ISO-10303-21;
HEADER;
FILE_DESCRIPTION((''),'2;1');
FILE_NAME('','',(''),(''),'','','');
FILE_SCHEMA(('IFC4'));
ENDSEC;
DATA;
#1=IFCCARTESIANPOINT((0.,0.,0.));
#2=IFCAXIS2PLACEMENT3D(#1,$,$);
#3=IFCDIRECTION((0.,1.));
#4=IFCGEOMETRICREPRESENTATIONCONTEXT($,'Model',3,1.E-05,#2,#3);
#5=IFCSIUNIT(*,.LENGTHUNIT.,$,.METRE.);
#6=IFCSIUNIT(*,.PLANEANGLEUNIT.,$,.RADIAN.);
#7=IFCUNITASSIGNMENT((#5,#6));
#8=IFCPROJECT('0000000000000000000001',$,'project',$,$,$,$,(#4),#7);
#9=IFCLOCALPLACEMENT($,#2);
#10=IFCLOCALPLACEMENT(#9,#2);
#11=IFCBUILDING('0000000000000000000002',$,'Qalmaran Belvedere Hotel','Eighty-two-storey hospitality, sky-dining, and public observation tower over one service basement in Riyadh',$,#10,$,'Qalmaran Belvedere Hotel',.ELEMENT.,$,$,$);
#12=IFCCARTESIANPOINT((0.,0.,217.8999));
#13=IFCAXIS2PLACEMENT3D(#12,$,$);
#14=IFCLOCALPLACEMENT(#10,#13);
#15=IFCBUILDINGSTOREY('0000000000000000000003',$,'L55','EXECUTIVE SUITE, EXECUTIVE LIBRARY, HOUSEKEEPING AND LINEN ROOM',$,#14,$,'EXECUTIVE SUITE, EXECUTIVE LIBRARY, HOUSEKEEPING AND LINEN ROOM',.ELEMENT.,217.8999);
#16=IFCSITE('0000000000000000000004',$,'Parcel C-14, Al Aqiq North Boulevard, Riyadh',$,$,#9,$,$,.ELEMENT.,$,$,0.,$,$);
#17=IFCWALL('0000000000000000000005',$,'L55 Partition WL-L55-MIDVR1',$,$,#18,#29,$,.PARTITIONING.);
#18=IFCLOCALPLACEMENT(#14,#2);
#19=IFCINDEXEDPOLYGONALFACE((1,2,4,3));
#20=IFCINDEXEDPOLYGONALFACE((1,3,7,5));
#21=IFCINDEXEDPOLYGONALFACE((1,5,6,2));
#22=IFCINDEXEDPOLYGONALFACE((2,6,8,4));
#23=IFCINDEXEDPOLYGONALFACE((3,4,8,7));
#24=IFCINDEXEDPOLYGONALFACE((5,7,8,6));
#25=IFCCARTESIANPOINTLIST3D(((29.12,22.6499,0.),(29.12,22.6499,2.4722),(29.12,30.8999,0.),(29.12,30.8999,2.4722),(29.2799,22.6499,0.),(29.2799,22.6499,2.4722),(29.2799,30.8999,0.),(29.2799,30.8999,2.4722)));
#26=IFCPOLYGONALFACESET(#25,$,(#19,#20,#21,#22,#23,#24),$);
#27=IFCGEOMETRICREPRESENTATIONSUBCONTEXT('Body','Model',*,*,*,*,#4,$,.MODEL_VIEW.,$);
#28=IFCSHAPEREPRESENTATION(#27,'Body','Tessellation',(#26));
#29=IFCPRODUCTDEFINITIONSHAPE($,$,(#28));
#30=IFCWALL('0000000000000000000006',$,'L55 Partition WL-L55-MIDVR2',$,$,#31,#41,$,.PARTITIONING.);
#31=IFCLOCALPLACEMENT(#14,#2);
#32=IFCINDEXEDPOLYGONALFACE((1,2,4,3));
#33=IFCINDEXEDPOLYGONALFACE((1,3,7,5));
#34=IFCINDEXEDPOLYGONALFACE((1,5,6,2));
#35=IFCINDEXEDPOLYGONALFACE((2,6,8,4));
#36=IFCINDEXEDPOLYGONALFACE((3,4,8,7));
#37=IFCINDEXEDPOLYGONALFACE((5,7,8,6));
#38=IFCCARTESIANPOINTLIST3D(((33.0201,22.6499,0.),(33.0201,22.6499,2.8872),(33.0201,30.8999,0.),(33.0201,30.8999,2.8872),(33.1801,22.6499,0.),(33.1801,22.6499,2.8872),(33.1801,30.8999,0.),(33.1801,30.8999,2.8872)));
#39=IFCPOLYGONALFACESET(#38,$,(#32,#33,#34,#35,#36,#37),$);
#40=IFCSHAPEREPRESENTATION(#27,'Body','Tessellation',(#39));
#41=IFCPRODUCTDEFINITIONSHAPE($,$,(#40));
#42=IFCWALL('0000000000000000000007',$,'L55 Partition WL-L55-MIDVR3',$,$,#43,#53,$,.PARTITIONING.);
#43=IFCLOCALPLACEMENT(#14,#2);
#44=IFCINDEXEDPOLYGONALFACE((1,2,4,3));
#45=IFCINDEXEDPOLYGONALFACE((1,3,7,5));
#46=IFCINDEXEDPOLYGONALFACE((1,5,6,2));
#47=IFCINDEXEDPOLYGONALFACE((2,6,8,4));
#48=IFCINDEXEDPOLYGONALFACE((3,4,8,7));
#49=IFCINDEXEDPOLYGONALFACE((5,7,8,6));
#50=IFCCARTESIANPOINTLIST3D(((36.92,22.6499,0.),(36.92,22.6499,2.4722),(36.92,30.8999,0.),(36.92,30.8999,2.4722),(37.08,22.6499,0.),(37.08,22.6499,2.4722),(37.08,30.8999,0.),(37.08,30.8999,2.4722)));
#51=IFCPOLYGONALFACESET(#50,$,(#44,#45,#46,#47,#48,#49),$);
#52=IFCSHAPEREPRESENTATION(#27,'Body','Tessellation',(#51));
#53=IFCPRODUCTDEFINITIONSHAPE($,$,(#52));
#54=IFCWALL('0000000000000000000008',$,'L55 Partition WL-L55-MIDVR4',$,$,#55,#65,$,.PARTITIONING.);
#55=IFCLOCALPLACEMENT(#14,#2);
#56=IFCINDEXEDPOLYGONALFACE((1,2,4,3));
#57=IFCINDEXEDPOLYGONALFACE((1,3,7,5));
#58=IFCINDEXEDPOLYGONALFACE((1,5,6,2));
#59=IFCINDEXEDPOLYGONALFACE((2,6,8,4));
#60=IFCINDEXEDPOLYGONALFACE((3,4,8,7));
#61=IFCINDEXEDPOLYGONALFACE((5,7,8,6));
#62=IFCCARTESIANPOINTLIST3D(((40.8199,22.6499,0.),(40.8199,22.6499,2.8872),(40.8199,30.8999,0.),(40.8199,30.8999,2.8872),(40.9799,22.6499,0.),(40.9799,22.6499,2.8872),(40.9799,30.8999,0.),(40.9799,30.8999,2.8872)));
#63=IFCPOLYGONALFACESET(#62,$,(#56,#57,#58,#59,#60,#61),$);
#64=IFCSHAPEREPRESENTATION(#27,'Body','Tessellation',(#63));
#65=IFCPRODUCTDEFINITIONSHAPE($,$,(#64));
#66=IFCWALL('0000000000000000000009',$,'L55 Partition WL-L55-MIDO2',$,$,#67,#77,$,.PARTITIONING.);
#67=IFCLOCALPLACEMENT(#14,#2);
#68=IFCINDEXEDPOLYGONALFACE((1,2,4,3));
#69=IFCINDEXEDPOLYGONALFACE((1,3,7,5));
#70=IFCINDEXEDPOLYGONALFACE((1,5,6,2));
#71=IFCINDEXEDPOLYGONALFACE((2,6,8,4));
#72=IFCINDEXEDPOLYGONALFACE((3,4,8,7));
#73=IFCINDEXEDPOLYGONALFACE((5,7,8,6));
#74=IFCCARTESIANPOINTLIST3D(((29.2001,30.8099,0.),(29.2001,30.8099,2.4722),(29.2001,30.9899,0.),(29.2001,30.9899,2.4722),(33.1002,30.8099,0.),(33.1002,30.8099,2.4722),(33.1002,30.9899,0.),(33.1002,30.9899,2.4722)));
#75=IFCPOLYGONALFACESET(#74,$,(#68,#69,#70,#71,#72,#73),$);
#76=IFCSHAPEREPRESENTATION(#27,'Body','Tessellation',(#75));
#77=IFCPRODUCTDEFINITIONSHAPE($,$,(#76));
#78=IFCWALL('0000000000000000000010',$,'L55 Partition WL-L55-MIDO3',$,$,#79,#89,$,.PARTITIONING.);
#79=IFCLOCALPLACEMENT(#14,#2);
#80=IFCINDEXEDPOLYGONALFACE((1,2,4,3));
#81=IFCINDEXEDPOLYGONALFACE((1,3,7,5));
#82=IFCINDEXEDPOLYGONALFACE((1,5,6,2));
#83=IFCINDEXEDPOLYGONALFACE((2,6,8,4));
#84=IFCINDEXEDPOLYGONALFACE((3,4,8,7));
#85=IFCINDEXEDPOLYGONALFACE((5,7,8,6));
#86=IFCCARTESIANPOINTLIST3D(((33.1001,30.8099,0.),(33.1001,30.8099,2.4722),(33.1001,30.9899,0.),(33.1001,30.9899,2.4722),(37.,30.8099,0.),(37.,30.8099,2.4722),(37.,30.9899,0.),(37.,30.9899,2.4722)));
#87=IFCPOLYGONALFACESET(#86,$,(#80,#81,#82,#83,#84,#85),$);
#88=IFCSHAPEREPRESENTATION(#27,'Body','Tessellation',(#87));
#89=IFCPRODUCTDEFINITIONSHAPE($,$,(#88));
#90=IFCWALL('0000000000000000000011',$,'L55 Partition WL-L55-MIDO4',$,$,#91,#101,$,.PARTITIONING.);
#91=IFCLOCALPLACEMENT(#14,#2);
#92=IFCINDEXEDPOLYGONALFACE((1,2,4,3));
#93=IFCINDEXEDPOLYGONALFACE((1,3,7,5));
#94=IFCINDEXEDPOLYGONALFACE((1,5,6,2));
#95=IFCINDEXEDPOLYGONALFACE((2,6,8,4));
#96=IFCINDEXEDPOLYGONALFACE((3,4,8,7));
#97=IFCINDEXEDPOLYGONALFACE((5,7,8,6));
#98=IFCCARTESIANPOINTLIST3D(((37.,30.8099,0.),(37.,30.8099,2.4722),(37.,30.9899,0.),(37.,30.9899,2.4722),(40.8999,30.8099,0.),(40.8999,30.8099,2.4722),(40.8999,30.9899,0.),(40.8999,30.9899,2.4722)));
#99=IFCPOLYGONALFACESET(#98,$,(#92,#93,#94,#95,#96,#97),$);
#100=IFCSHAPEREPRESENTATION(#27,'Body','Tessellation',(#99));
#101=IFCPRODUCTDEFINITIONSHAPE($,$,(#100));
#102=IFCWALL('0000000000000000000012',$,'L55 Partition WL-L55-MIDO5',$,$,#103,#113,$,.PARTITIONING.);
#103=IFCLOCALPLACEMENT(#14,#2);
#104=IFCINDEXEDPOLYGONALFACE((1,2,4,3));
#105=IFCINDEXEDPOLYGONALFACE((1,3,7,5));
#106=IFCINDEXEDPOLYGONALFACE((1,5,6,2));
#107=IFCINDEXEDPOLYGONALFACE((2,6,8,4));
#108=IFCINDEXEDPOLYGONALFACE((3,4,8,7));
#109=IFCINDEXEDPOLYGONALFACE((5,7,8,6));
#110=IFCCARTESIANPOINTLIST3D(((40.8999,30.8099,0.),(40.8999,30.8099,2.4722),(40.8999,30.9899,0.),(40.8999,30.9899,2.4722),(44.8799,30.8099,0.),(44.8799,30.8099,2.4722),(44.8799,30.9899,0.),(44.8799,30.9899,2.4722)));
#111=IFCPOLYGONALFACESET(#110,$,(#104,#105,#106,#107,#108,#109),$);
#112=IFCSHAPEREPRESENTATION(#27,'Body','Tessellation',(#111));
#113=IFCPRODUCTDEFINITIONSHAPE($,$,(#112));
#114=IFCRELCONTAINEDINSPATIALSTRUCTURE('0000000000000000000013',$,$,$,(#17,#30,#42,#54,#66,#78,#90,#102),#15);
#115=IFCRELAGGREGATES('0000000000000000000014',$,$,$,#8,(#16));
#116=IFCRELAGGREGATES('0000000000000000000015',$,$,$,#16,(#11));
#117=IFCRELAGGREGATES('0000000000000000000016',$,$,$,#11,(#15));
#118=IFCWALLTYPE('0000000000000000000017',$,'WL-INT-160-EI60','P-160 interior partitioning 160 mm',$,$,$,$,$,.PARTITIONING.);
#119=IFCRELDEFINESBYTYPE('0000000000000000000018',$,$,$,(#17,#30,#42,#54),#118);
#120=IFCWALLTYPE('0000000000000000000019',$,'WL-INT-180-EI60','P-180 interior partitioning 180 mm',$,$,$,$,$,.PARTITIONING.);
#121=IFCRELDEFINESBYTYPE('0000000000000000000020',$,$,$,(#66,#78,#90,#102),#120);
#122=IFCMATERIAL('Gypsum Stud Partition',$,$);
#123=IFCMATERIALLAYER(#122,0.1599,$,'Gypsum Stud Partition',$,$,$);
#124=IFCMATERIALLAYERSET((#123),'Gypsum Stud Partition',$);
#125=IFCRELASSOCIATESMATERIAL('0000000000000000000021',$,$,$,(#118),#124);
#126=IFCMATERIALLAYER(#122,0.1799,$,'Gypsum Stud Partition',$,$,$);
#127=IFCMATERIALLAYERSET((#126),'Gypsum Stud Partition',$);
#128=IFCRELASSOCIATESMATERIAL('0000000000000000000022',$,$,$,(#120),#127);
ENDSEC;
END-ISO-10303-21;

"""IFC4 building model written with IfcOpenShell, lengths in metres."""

from ifc_helpers import new_model, si_unit, direction, frame, frame_2d, origin, place, context, subcontext, project, spatial, rectangle, extrude, material, layer, layer_set, type_object, element, save


model = new_model("IFC4")

# Units and contexts
model_context = context("Model", 3, precision=1e-05, world=origin(), true_north=direction((0.0, 1.0)))
body_context = subcontext(model_context, "Body", "Model", "MODEL_VIEW")
ifc_project = project(units=[si_unit("LENGTHUNIT", "METRE"), si_unit("PLANEANGLEUNIT", "RADIAN")], contexts=[model_context])

# Site, building, storey
site_placement = place(None, origin())
site = spatial("IfcSite", under=ifc_project, at=site_placement, Name="Parcel C-14, Al Aqiq North Boulevard, Riyadh", CompositionType="ELEMENT", RefElevation=0.0)
building_placement = place(site_placement, origin())
building = spatial("IfcBuilding", under=site, at=building_placement, Name="Qalmaran Belvedere Hotel", Description="Eighty-two-storey hospitality, sky-dining, and public observation tower over one service basement in Riyadh", LongName="Qalmaran Belvedere Hotel", CompositionType="ELEMENT")
storey_placement = place(building_placement, frame((0.0, 0.0, 217.8999)))
storey = spatial("IfcBuildingStorey", under=building, at=storey_placement, Name="L55", Description="EXECUTIVE SUITE, EXECUTIVE LIBRARY, HOUSEKEEPING AND LINEN ROOM", LongName="EXECUTIVE SUITE, EXECUTIVE LIBRARY, HOUSEKEEPING AND LINEN ROOM", CompositionType="ELEMENT", Elevation=217.8999)

# Walls
ifc_material_1 = material(Name="Gypsum Stud Partition")
ifc_layer_1 = layer(ifc_material_1, 0.1599, Name="Gypsum Stud Partition")
ifc_layer_set_1 = layer_set([ifc_layer_1], Name="Gypsum Stud Partition")
wall_type_1 = type_object("IfcWallType", Name="WL-INT-160-EI60", Description="P-160 interior partitioning 160 mm", PredefinedType="PARTITIONING", material=ifc_layer_set_1)
wall_1_placement = place(storey_placement, frame((29.2, 22.6499, 0.0), z_axis=(0.0, 0.0, 1.0), x_axis=(0.0, 1.0, 0.0)))
element("IfcWall", 1, at=wall_1_placement, inside=storey, type_object=wall_type_1, Name="L55 Partition WL-L55-MIDVR1", PredefinedType="PARTITIONING", context=body_context, shape_type="SweptSolid", body=[
    extrude(rectangle(XDim=8.25, YDim=0.1599, at=frame_2d((4.125, 0.0))), origin(), (0.0, 0.0, 1.0), 2.4722),
])
wall_2_placement = place(storey_placement, frame((33.1001, 22.6499, 0.0), z_axis=(0.0, 0.0, 1.0), x_axis=(0.0, 1.0, 0.0)))
element("IfcWall", 2, at=wall_2_placement, inside=storey, type_object=wall_type_1, Name="L55 Partition WL-L55-MIDVR2", PredefinedType="PARTITIONING", context=body_context, shape_type="SweptSolid", body=[
    extrude(rectangle(XDim=8.25, YDim=0.1599, at=frame_2d((4.125, 0.0))), origin(), (0.0, 0.0, 1.0), 2.8872),
])
wall_3_placement = place(storey_placement, frame((37.0, 22.6499, 0.0), z_axis=(0.0, 0.0, 1.0), x_axis=(0.0, 1.0, 0.0)))
element("IfcWall", 3, at=wall_3_placement, inside=storey, type_object=wall_type_1, Name="L55 Partition WL-L55-MIDVR3", PredefinedType="PARTITIONING", context=body_context, shape_type="SweptSolid", body=[
    extrude(rectangle(XDim=8.25, YDim=0.1599, at=frame_2d((4.125, 0.0))), origin(), (0.0, 0.0, 1.0), 2.4722),
])
wall_4_placement = place(storey_placement, frame((40.8999, 22.6499, 0.0), z_axis=(0.0, 0.0, 1.0), x_axis=(0.0, 1.0, 0.0)))
element("IfcWall", 4, at=wall_4_placement, inside=storey, type_object=wall_type_1, Name="L55 Partition WL-L55-MIDVR4", PredefinedType="PARTITIONING", context=body_context, shape_type="SweptSolid", body=[
    extrude(rectangle(XDim=8.25, YDim=0.1599, at=frame_2d((4.125, 0.0))), origin(), (0.0, 0.0, 1.0), 2.8872),
])

# Shared definitions
ifc_layer_2 = layer(ifc_material_1, 0.1799, Name="Gypsum Stud Partition")
ifc_layer_set_2 = layer_set([ifc_layer_2], Name="Gypsum Stud Partition")
wall_type_2 = type_object("IfcWallType", Name="WL-INT-180-EI60", Description="P-180 interior partitioning 180 mm", PredefinedType="PARTITIONING", material=ifc_layer_set_2)

# Wall
wall_5_placement = place(storey_placement, frame((29.2, 30.8999, 0.0), z_axis=(0.0, 0.0, 1.0), x_axis=(1.0, 0.0, 0.0)))
element("IfcWall", 5, at=wall_5_placement, inside=storey, type_object=wall_type_2, Name="L55 Partition WL-L55-MIDO2", PredefinedType="PARTITIONING", context=body_context, shape_type="SweptSolid", body=[
    extrude(rectangle(XDim=3.9001, YDim=0.1799, at=frame_2d((1.9502, 0.0))), origin(), (0.0, 0.0, 1.0), 2.4722),
])

# Wall
wall_6_placement = place(storey_placement, frame((33.1001, 30.8999, 0.0), z_axis=(0.0, 0.0, 1.0), x_axis=(1.0, 0.0, 0.0)))
element("IfcWall", 6, at=wall_6_placement, inside=storey, type_object=wall_type_2, Name="L55 Partition WL-L55-MIDO3", PredefinedType="PARTITIONING", context=body_context, shape_type="SweptSolid", body=[
    extrude(rectangle(XDim=3.8999, YDim=0.1799, at=frame_2d((1.95, 0.0))), origin(), (0.0, 0.0, 1.0), 2.4722),
])

# Wall
wall_7_placement = place(storey_placement, frame((37.0, 30.8999, 0.0), z_axis=(0.0, 0.0, 1.0), x_axis=(1.0, 0.0, 0.0)))
element("IfcWall", 7, at=wall_7_placement, inside=storey, type_object=wall_type_2, Name="L55 Partition WL-L55-MIDO4", PredefinedType="PARTITIONING", context=body_context, shape_type="SweptSolid", body=[
    extrude(rectangle(XDim=3.8999, YDim=0.1799, at=frame_2d((1.95, 0.0))), origin(), (0.0, 0.0, 1.0), 2.4722),
])

# Wall
wall_8_placement = place(storey_placement, frame((40.8999, 30.8999, 0.0), z_axis=(0.0, 0.0, 1.0), x_axis=(1.0, 0.0, 0.0)))
element("IfcWall", 8, at=wall_8_placement, inside=storey, type_object=wall_type_2, Name="L55 Partition WL-L55-MIDO5", PredefinedType="PARTITIONING", context=body_context, shape_type="SweptSolid", body=[
    extrude(rectangle(XDim=3.98, YDim=0.1799, at=frame_2d((1.99, 0.0))), origin(), (0.0, 0.0, 1.0), 2.4722),
])

save(model, "model.ifc")
